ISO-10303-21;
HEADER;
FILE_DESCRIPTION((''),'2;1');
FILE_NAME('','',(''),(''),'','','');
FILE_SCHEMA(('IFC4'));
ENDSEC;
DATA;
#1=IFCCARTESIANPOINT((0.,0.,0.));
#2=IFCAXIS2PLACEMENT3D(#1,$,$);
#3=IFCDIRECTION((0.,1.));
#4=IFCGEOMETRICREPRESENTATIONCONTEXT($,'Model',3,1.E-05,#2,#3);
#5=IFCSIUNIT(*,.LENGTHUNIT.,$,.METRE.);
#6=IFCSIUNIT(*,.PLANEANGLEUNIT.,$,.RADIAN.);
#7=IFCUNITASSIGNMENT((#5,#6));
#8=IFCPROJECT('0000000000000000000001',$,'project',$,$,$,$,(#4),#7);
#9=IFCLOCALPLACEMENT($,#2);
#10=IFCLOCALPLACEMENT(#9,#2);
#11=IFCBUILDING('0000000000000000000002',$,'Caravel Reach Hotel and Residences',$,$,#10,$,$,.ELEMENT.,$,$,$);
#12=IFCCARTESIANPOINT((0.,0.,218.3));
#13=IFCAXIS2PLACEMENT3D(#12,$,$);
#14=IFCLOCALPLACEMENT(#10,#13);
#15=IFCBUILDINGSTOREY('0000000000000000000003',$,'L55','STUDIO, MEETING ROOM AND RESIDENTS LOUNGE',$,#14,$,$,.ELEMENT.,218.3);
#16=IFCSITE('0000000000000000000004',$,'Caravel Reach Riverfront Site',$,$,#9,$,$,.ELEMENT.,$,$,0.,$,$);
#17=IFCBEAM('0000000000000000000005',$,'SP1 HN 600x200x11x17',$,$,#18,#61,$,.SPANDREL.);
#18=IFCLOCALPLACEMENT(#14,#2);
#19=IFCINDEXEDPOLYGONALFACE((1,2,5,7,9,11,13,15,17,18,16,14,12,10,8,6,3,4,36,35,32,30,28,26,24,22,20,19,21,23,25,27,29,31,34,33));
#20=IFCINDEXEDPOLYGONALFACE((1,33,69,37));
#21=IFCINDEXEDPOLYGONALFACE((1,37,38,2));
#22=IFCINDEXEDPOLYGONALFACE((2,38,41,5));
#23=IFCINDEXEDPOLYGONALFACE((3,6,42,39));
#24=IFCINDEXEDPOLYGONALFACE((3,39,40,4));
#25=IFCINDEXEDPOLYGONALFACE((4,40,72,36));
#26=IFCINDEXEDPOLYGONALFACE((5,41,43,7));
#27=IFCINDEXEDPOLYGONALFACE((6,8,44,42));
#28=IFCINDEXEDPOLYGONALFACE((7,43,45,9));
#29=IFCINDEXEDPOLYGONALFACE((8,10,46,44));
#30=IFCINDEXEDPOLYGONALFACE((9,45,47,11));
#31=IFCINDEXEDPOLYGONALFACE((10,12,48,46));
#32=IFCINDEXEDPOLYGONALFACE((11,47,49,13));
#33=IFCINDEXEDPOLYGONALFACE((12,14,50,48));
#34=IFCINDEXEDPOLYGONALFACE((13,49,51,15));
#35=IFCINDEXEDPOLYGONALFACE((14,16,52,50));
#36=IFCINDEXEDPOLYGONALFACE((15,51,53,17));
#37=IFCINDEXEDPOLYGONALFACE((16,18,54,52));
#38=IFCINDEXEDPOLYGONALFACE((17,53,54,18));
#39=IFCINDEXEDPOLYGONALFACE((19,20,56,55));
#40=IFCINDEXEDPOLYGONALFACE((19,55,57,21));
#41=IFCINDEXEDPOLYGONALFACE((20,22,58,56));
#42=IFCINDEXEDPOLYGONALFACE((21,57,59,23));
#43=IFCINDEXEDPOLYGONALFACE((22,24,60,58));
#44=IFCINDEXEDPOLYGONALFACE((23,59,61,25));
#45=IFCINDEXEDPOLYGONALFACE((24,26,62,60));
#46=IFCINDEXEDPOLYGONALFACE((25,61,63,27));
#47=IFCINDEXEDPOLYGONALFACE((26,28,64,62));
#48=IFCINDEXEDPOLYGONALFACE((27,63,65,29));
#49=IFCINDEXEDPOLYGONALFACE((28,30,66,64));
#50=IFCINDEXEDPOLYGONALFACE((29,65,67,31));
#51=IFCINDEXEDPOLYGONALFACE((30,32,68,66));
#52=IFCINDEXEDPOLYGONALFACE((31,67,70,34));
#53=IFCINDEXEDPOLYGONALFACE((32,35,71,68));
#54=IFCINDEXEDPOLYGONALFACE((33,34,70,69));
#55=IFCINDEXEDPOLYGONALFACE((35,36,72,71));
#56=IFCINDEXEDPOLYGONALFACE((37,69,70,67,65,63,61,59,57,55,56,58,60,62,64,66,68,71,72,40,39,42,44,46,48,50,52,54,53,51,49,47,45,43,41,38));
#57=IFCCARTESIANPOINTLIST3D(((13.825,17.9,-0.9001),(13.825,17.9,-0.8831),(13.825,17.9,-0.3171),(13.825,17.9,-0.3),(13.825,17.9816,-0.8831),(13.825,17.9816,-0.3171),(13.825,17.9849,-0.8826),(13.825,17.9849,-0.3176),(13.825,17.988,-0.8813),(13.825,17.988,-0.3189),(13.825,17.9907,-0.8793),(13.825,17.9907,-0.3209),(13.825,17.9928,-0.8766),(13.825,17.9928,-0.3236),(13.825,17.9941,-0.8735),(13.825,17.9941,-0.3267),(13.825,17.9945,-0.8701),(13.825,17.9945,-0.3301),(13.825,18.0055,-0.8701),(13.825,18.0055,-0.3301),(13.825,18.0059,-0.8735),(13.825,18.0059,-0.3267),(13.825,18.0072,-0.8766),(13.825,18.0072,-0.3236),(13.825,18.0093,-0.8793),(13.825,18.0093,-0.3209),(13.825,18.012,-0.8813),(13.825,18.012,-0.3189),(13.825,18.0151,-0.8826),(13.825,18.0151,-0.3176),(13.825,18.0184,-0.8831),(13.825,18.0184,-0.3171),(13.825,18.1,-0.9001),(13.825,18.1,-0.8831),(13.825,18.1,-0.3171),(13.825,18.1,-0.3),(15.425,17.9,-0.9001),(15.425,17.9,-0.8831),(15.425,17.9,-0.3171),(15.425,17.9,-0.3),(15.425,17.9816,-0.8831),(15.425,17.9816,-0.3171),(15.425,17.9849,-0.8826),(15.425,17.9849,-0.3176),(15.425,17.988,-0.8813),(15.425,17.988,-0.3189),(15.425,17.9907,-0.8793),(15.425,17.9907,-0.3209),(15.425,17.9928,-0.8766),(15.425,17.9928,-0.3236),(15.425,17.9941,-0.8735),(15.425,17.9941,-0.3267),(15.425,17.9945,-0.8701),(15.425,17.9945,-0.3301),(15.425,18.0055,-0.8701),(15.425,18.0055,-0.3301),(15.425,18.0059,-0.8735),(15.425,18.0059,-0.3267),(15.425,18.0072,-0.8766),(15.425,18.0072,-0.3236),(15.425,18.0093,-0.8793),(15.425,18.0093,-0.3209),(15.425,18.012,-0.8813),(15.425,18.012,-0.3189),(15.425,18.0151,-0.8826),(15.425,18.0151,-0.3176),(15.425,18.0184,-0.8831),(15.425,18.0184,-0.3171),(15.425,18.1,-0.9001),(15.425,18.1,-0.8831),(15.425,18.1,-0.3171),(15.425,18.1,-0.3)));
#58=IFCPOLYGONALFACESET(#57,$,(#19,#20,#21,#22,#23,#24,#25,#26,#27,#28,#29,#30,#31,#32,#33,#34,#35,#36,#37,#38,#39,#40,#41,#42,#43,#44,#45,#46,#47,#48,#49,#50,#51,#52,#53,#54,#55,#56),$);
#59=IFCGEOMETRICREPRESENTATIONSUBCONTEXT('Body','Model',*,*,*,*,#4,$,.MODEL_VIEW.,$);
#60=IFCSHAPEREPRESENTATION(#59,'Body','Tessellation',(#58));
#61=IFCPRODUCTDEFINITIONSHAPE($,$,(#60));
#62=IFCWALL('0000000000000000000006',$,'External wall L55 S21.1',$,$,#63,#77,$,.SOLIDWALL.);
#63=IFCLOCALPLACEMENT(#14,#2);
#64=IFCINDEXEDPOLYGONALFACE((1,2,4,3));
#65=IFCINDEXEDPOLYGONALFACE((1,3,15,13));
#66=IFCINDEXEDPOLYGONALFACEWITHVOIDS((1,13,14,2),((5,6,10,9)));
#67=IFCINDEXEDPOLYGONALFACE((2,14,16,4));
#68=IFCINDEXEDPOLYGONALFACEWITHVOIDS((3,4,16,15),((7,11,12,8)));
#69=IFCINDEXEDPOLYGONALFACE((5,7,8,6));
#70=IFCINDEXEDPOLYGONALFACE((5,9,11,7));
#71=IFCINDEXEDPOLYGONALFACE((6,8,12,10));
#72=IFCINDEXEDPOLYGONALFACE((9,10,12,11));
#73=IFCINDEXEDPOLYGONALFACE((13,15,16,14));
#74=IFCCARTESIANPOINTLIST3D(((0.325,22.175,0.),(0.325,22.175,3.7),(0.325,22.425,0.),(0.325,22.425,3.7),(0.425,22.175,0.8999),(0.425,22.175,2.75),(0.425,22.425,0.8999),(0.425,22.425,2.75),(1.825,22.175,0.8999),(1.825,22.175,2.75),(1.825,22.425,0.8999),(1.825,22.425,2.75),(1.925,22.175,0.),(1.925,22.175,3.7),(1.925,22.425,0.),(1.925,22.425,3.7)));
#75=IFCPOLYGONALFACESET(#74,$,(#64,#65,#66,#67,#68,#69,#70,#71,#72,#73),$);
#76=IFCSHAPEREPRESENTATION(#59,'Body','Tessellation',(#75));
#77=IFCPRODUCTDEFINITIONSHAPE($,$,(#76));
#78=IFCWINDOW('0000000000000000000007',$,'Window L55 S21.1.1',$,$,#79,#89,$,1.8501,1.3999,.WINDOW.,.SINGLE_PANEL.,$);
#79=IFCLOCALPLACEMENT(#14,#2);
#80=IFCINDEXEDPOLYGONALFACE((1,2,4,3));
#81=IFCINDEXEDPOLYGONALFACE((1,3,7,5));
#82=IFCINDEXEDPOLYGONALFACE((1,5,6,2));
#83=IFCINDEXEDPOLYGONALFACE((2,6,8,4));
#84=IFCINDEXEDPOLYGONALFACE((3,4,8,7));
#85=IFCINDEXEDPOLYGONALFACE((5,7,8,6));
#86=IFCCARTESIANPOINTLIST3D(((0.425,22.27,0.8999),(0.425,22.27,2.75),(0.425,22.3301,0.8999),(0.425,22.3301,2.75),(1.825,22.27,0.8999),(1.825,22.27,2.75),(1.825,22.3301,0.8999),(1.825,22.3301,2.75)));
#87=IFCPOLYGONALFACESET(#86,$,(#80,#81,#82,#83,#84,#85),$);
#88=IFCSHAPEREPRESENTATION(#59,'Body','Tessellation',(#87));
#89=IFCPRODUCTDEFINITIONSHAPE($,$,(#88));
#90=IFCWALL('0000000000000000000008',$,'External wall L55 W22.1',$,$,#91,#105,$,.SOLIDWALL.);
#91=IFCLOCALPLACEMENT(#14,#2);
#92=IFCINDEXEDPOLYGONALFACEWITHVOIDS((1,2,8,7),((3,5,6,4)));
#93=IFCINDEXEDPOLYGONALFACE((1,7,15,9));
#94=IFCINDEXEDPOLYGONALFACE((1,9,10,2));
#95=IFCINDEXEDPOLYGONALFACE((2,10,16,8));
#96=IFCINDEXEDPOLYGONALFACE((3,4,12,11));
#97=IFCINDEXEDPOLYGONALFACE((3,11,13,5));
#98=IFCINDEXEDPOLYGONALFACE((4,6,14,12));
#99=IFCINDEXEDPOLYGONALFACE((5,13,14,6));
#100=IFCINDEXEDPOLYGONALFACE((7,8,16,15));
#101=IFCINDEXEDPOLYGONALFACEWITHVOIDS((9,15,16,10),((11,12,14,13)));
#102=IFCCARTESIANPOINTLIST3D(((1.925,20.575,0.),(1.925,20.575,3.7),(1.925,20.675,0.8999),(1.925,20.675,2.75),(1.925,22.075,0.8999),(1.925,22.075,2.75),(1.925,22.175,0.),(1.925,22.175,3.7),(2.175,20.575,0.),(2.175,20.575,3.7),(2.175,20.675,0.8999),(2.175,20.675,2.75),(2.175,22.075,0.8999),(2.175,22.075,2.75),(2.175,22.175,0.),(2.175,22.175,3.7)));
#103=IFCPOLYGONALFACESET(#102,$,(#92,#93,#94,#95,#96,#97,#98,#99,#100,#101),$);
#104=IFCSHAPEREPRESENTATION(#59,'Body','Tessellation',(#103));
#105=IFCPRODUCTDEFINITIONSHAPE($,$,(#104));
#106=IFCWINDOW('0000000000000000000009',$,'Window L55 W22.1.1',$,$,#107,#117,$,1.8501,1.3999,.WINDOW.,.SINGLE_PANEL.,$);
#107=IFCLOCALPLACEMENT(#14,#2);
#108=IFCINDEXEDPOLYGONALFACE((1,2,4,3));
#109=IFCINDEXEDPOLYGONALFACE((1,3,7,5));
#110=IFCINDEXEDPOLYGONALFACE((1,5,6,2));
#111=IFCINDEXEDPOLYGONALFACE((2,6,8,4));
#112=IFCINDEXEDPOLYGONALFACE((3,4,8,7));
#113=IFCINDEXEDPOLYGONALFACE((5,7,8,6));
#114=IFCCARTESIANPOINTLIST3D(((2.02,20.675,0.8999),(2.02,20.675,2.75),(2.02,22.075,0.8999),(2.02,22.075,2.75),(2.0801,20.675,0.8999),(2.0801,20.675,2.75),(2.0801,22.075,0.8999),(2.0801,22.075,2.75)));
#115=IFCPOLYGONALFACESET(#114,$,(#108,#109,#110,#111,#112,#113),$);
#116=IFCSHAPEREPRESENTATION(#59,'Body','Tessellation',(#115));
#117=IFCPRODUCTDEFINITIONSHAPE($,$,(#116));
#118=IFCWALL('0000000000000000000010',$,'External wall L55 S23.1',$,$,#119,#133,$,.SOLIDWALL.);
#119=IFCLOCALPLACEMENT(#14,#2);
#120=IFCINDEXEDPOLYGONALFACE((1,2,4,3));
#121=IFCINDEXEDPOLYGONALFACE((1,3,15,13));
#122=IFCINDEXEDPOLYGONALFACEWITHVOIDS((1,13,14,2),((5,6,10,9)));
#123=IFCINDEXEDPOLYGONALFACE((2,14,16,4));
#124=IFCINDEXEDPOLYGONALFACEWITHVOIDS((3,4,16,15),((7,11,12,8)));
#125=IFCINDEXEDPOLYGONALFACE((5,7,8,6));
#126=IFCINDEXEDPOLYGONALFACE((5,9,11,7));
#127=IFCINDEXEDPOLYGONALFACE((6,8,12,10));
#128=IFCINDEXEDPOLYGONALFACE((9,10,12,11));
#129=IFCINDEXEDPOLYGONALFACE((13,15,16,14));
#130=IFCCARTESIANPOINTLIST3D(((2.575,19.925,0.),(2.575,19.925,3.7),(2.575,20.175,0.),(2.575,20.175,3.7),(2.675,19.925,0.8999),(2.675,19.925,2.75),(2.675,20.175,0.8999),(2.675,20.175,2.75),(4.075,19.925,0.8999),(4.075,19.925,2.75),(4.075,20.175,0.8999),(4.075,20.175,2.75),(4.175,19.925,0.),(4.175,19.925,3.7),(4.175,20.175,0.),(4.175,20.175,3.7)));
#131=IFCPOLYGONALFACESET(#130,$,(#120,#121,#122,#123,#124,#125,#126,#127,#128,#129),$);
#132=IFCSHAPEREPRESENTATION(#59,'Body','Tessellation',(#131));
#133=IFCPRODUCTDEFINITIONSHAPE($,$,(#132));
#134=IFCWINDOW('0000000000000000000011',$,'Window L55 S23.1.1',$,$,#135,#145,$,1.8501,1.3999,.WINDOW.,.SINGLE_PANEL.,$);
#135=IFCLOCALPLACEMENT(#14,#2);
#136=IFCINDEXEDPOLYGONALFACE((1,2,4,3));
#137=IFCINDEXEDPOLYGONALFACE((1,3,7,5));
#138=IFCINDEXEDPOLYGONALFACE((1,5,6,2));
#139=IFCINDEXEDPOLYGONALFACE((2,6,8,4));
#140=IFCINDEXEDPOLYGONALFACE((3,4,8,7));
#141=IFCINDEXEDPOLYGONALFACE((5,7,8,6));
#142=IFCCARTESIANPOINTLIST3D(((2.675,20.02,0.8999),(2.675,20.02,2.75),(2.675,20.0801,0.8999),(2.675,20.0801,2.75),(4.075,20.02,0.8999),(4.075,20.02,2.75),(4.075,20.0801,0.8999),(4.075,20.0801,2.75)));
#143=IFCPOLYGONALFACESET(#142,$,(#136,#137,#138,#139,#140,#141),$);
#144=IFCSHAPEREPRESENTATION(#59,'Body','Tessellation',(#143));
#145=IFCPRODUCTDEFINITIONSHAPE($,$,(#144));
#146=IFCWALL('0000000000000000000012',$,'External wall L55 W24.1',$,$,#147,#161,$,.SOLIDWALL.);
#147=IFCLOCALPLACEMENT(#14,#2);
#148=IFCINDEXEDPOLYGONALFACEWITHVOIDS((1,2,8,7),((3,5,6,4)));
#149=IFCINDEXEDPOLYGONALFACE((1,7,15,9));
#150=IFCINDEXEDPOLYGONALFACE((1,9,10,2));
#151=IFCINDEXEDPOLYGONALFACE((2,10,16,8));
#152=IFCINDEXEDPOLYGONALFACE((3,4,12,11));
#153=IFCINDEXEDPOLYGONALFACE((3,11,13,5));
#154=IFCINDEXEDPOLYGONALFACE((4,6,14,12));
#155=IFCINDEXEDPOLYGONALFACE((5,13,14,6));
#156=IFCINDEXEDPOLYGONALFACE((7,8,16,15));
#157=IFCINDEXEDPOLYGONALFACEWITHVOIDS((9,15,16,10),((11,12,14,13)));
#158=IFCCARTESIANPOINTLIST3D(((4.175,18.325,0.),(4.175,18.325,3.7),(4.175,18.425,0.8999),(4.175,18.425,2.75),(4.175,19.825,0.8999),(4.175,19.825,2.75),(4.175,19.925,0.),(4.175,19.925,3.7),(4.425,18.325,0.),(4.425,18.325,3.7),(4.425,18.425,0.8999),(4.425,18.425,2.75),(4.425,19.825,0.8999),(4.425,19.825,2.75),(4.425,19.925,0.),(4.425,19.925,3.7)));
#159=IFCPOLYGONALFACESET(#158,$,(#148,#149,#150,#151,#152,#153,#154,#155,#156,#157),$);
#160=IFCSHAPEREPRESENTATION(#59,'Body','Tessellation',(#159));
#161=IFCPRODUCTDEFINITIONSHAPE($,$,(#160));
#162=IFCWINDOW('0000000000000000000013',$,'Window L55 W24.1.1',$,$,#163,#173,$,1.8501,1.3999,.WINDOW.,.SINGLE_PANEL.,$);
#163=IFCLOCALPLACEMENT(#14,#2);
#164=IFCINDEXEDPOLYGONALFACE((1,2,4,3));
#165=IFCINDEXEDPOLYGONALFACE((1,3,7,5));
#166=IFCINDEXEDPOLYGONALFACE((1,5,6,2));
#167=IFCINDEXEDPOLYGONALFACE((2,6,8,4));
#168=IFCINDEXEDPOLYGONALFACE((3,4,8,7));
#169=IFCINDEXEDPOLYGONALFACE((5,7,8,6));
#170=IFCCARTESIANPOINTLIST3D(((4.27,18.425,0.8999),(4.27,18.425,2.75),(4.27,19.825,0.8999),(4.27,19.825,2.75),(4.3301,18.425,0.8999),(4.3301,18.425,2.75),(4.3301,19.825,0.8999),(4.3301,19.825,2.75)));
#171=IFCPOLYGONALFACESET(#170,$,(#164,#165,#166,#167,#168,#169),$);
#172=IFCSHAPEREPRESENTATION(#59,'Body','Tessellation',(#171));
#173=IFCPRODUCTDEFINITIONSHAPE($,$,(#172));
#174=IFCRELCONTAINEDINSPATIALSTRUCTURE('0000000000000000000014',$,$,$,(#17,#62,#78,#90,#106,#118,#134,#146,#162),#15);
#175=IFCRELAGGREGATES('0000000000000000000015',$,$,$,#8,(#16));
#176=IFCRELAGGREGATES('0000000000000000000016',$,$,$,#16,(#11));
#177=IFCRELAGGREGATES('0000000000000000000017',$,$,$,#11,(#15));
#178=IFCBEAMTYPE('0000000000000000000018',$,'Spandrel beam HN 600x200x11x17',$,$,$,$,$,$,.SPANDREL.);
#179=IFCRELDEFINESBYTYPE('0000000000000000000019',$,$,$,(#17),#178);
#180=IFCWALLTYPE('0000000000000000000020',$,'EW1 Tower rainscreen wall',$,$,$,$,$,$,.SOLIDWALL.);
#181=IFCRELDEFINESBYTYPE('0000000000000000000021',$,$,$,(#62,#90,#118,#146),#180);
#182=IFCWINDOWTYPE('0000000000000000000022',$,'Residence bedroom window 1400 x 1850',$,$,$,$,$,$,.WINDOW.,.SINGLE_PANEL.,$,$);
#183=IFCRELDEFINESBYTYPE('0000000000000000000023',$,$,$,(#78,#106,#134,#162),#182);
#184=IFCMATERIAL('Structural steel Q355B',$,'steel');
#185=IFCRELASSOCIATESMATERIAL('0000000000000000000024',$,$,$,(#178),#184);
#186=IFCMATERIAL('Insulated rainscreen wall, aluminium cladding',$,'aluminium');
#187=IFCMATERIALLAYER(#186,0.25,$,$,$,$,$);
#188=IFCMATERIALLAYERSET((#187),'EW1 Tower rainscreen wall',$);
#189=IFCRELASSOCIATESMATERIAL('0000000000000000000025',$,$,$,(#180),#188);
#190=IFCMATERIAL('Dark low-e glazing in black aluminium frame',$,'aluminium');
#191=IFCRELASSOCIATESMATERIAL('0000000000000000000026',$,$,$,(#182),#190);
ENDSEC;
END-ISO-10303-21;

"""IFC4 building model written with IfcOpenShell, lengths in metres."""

from ifc_helpers import new_model, si_unit, direction, frame, frame_2d, origin, origin_2d, place, context, subcontext, project, spatial, rectangle, i_section, extrude, material, layer, layer_set, material_profile, profile_set, type_object, element, fill, save


model = new_model("IFC4")

# Units and contexts
model_context = context("Model", 3, precision=1e-05, world=origin(), true_north=direction((0.0, 1.0)))
body_context = subcontext(model_context, "Body", "Model", "MODEL_VIEW")
ifc_project = project(units=[si_unit("LENGTHUNIT", "METRE"), si_unit("PLANEANGLEUNIT", "RADIAN")], contexts=[model_context])

# Site, building, storey
site_placement = place(None, origin())
site = spatial("IfcSite", under=ifc_project, at=site_placement, Name="Caravel Reach Riverfront Site", CompositionType="ELEMENT", RefElevation=0.0)
building_placement = place(site_placement, origin())
building = spatial("IfcBuilding", under=site, at=building_placement, Name="Caravel Reach Hotel and Residences", CompositionType="ELEMENT")
storey_placement = place(building_placement, frame((0.0, 0.0, 218.3)))
storey = spatial("IfcBuildingStorey", under=building, at=storey_placement, Name="L55", Description="STUDIO, MEETING ROOM AND RESIDENTS LOUNGE", CompositionType="ELEMENT", Elevation=218.3)

# Beam
ifc_material_1 = material(Name="Structural steel Q355B", Category="steel")
ifc_material_profile_1 = material_profile(ifc_material_1, i_section(OverallWidth=0.2, OverallDepth=0.6001, WebThickness=0.011, FlangeThickness=0.0171, FilletRadius=0.0129, at=origin_2d()), Name="HN 600x200x11x17")
ifc_profile_set_1 = profile_set([ifc_material_profile_1], Name="Structural steel Q355B")
beam_type_1 = type_object("IfcBeamType", Name="Spandrel beam HN 600x200x11x17", PredefinedType="SPANDREL", material=ifc_profile_set_1)
for number, where, z_axis, x_axis, name in (
    (1, (13.825, 18.0, -0.6001), (1.0, 0.0, 0.0), (0.0, 1.0, 0.0), "SP1 HN 600x200x11x17"),
):
    element("IfcBeam", number, at=place(storey_placement, frame(where, z_axis=z_axis, x_axis=x_axis)), inside=storey, type_object=beam_type_1, Name=name, PredefinedType="SPANDREL", context=body_context, shape_type="SweptSolid", body=[
        extrude(i_section(OverallWidth=0.2, OverallDepth=0.6001, WebThickness=0.011, FlangeThickness=0.0171, FilletRadius=0.0129, at=origin_2d()), origin(), (0.0, 0.0, 1.0), 1.6001),
    ])

# Walls, openings, windows
ifc_material_2 = material(Name="Insulated rainscreen wall, aluminium cladding", Category="aluminium")
ifc_layer_1 = layer(ifc_material_2, 0.25)
ifc_layer_set_1 = layer_set([ifc_layer_1], Name="EW1 Tower rainscreen wall")
wall_type_1 = type_object("IfcWallType", Name="EW1 Tower rainscreen wall", PredefinedType="SOLIDWALL", material=ifc_layer_set_1)
wall_1_placement = place(storey_placement, frame((0.325, 22.3, 0.0), z_axis=(0.0, 0.0, 1.0), x_axis=(1.0, 0.0, 0.0)))
wall_1 = element("IfcWall", 2, at=wall_1_placement, inside=storey, type_object=wall_type_1, Name="External wall L55 S21.1", PredefinedType="SOLIDWALL", context=body_context, shape_type="SweptSolid", body=[
    extrude(rectangle(XDim=1.6001, YDim=0.25, at=frame_2d((0.8, 0.0))), origin(), (0.0, 0.0, 1.0), 3.7),
])
opening_1_placement = place(wall_1_placement, frame((0.1001, 0.0, 0.8999)))
opening_1 = element("IfcOpeningElement", 3, at=opening_1_placement, cuts=wall_1, PredefinedType="OPENING", context=body_context, shape_type="SweptSolid", body=[
    extrude(rectangle(XDim=1.3999, YDim=1.8501, at=frame_2d((0.7, 0.925))), frame((0.0, 0.135, 0.0), z_axis=(0.0, -1.0, 0.0), x_axis=(1.0, 0.0, 0.0)), (0.0, 0.0, 1.0), 0.27),
])
ifc_material_3 = material(Name="Dark low-e glazing in black aluminium frame", Category="aluminium")
window_type = type_object("IfcWindowType", Name="Residence bedroom window 1400 x 1850", PartitioningType="SINGLE_PANEL", PredefinedType="WINDOW", material=ifc_material_3)
window_1_placement = place(opening_1_placement, origin())
window_1 = element("IfcWindow", 4, at=window_1_placement, inside=storey, type_object=window_type, Name="Window L55 S21.1.1", OverallHeight=1.8501, OverallWidth=1.3999, PartitioningType="SINGLE_PANEL", PredefinedType="WINDOW", context=body_context, shape_type="SweptSolid", body=[
    extrude(rectangle(XDim=1.3999, YDim=1.8501, at=frame_2d((0.7, 0.925))), frame((0.0, 0.03, 0.0), z_axis=(0.0, -1.0, 0.0), x_axis=(1.0, 0.0, 0.0)), (0.0, 0.0, 1.0), 0.0601),
])
fill(opening_1, window_1)
wall_2_placement = place(storey_placement, frame((2.05, 22.175, 0.0), z_axis=(0.0, 0.0, 1.0), x_axis=(0.0, -1.0, 0.0)))
wall_2 = element("IfcWall", 5, at=wall_2_placement, inside=storey, type_object=wall_type_1, Name="External wall L55 W22.1", PredefinedType="SOLIDWALL", context=body_context, shape_type="SweptSolid", body=[
    extrude(rectangle(XDim=1.6001, YDim=0.25, at=frame_2d((0.8, 0.0))), origin(), (0.0, 0.0, 1.0), 3.7),
])
opening_2_placement = place(wall_2_placement, frame((0.1001, 0.0, 0.8999)))
opening_2 = element("IfcOpeningElement", 6, at=opening_2_placement, cuts=wall_2, PredefinedType="OPENING", context=body_context, shape_type="SweptSolid", body=[
    extrude(rectangle(XDim=1.3999, YDim=1.8501, at=frame_2d((0.7, 0.925))), frame((0.0, 0.135, 0.0), z_axis=(0.0, -1.0, 0.0), x_axis=(1.0, 0.0, 0.0)), (0.0, 0.0, 1.0), 0.27),
])
window_2_placement = place(opening_2_placement, origin())
window_2 = element("IfcWindow", 7, at=window_2_placement, inside=storey, type_object=window_type, Name="Window L55 W22.1.1", OverallHeight=1.8501, OverallWidth=1.3999, PartitioningType="SINGLE_PANEL", PredefinedType="WINDOW", context=body_context, shape_type="SweptSolid", body=[
    extrude(rectangle(XDim=1.3999, YDim=1.8501, at=frame_2d((0.7, 0.925))), frame((0.0, 0.03, 0.0), z_axis=(0.0, -1.0, 0.0), x_axis=(1.0, 0.0, 0.0)), (0.0, 0.0, 1.0), 0.0601),
])
fill(opening_2, window_2)
wall_3_placement = place(storey_placement, frame((2.575, 20.05, 0.0), z_axis=(0.0, 0.0, 1.0), x_axis=(1.0, 0.0, 0.0)))
wall_3 = element("IfcWall", 8, at=wall_3_placement, inside=storey, type_object=wall_type_1, Name="External wall L55 S23.1", PredefinedType="SOLIDWALL", context=body_context, shape_type="SweptSolid", body=[
    extrude(rectangle(XDim=1.6001, YDim=0.25, at=frame_2d((0.8, 0.0))), origin(), (0.0, 0.0, 1.0), 3.7),
])
opening_3_placement = place(wall_3_placement, frame((0.1001, 0.0, 0.8999)))
opening_3 = element("IfcOpeningElement", 9, at=opening_3_placement, cuts=wall_3, PredefinedType="OPENING", context=body_context, shape_type="SweptSolid", body=[
    extrude(rectangle(XDim=1.3999, YDim=1.8501, at=frame_2d((0.7, 0.925))), frame((0.0, 0.135, 0.0), z_axis=(0.0, -1.0, 0.0), x_axis=(1.0, 0.0, 0.0)), (0.0, 0.0, 1.0), 0.27),
])
window_3_placement = place(opening_3_placement, origin())
window_3 = element("IfcWindow", 10, at=window_3_placement, inside=storey, type_object=window_type, Name="Window L55 S23.1.1", OverallHeight=1.8501, OverallWidth=1.3999, PartitioningType="SINGLE_PANEL", PredefinedType="WINDOW", context=body_context, shape_type="SweptSolid", body=[
    extrude(rectangle(XDim=1.3999, YDim=1.8501, at=frame_2d((0.7, 0.925))), frame((0.0, 0.03, 0.0), z_axis=(0.0, -1.0, 0.0), x_axis=(1.0, 0.0, 0.0)), (0.0, 0.0, 1.0), 0.0601),
])
fill(opening_3, window_3)
wall_4_placement = place(storey_placement, frame((4.3, 19.925, 0.0), z_axis=(0.0, 0.0, 1.0), x_axis=(0.0, -1.0, 0.0)))
wall_4 = element("IfcWall", 11, at=wall_4_placement, inside=storey, type_object=wall_type_1, Name="External wall L55 W24.1", PredefinedType="SOLIDWALL", context=body_context, shape_type="SweptSolid", body=[
    extrude(rectangle(XDim=1.6001, YDim=0.25, at=frame_2d((0.8, 0.0))), origin(), (0.0, 0.0, 1.0), 3.7),
])
opening_4_placement = place(wall_4_placement, frame((0.1001, 0.0, 0.8999)))
opening_4 = element("IfcOpeningElement", 12, at=opening_4_placement, cuts=wall_4, PredefinedType="OPENING", context=body_context, shape_type="SweptSolid", body=[
    extrude(rectangle(XDim=1.3999, YDim=1.8501, at=frame_2d((0.7, 0.925))), frame((0.0, 0.135, 0.0), z_axis=(0.0, -1.0, 0.0), x_axis=(1.0, 0.0, 0.0)), (0.0, 0.0, 1.0), 0.27),
])
window_4_placement = place(opening_4_placement, origin())
window_4 = element("IfcWindow", 13, at=window_4_placement, inside=storey, type_object=window_type, Name="Window L55 W24.1.1", OverallHeight=1.8501, OverallWidth=1.3999, PartitioningType="SINGLE_PANEL", PredefinedType="WINDOW", context=body_context, shape_type="SweptSolid", body=[
    extrude(rectangle(XDim=1.3999, YDim=1.8501, at=frame_2d((0.7, 0.925))), frame((0.0, 0.03, 0.0), z_axis=(0.0, -1.0, 0.0), x_axis=(1.0, 0.0, 0.0)), (0.0, 0.0, 1.0), 0.0601),
])
fill(opening_4, window_4)

save(model, "model.ifc")
